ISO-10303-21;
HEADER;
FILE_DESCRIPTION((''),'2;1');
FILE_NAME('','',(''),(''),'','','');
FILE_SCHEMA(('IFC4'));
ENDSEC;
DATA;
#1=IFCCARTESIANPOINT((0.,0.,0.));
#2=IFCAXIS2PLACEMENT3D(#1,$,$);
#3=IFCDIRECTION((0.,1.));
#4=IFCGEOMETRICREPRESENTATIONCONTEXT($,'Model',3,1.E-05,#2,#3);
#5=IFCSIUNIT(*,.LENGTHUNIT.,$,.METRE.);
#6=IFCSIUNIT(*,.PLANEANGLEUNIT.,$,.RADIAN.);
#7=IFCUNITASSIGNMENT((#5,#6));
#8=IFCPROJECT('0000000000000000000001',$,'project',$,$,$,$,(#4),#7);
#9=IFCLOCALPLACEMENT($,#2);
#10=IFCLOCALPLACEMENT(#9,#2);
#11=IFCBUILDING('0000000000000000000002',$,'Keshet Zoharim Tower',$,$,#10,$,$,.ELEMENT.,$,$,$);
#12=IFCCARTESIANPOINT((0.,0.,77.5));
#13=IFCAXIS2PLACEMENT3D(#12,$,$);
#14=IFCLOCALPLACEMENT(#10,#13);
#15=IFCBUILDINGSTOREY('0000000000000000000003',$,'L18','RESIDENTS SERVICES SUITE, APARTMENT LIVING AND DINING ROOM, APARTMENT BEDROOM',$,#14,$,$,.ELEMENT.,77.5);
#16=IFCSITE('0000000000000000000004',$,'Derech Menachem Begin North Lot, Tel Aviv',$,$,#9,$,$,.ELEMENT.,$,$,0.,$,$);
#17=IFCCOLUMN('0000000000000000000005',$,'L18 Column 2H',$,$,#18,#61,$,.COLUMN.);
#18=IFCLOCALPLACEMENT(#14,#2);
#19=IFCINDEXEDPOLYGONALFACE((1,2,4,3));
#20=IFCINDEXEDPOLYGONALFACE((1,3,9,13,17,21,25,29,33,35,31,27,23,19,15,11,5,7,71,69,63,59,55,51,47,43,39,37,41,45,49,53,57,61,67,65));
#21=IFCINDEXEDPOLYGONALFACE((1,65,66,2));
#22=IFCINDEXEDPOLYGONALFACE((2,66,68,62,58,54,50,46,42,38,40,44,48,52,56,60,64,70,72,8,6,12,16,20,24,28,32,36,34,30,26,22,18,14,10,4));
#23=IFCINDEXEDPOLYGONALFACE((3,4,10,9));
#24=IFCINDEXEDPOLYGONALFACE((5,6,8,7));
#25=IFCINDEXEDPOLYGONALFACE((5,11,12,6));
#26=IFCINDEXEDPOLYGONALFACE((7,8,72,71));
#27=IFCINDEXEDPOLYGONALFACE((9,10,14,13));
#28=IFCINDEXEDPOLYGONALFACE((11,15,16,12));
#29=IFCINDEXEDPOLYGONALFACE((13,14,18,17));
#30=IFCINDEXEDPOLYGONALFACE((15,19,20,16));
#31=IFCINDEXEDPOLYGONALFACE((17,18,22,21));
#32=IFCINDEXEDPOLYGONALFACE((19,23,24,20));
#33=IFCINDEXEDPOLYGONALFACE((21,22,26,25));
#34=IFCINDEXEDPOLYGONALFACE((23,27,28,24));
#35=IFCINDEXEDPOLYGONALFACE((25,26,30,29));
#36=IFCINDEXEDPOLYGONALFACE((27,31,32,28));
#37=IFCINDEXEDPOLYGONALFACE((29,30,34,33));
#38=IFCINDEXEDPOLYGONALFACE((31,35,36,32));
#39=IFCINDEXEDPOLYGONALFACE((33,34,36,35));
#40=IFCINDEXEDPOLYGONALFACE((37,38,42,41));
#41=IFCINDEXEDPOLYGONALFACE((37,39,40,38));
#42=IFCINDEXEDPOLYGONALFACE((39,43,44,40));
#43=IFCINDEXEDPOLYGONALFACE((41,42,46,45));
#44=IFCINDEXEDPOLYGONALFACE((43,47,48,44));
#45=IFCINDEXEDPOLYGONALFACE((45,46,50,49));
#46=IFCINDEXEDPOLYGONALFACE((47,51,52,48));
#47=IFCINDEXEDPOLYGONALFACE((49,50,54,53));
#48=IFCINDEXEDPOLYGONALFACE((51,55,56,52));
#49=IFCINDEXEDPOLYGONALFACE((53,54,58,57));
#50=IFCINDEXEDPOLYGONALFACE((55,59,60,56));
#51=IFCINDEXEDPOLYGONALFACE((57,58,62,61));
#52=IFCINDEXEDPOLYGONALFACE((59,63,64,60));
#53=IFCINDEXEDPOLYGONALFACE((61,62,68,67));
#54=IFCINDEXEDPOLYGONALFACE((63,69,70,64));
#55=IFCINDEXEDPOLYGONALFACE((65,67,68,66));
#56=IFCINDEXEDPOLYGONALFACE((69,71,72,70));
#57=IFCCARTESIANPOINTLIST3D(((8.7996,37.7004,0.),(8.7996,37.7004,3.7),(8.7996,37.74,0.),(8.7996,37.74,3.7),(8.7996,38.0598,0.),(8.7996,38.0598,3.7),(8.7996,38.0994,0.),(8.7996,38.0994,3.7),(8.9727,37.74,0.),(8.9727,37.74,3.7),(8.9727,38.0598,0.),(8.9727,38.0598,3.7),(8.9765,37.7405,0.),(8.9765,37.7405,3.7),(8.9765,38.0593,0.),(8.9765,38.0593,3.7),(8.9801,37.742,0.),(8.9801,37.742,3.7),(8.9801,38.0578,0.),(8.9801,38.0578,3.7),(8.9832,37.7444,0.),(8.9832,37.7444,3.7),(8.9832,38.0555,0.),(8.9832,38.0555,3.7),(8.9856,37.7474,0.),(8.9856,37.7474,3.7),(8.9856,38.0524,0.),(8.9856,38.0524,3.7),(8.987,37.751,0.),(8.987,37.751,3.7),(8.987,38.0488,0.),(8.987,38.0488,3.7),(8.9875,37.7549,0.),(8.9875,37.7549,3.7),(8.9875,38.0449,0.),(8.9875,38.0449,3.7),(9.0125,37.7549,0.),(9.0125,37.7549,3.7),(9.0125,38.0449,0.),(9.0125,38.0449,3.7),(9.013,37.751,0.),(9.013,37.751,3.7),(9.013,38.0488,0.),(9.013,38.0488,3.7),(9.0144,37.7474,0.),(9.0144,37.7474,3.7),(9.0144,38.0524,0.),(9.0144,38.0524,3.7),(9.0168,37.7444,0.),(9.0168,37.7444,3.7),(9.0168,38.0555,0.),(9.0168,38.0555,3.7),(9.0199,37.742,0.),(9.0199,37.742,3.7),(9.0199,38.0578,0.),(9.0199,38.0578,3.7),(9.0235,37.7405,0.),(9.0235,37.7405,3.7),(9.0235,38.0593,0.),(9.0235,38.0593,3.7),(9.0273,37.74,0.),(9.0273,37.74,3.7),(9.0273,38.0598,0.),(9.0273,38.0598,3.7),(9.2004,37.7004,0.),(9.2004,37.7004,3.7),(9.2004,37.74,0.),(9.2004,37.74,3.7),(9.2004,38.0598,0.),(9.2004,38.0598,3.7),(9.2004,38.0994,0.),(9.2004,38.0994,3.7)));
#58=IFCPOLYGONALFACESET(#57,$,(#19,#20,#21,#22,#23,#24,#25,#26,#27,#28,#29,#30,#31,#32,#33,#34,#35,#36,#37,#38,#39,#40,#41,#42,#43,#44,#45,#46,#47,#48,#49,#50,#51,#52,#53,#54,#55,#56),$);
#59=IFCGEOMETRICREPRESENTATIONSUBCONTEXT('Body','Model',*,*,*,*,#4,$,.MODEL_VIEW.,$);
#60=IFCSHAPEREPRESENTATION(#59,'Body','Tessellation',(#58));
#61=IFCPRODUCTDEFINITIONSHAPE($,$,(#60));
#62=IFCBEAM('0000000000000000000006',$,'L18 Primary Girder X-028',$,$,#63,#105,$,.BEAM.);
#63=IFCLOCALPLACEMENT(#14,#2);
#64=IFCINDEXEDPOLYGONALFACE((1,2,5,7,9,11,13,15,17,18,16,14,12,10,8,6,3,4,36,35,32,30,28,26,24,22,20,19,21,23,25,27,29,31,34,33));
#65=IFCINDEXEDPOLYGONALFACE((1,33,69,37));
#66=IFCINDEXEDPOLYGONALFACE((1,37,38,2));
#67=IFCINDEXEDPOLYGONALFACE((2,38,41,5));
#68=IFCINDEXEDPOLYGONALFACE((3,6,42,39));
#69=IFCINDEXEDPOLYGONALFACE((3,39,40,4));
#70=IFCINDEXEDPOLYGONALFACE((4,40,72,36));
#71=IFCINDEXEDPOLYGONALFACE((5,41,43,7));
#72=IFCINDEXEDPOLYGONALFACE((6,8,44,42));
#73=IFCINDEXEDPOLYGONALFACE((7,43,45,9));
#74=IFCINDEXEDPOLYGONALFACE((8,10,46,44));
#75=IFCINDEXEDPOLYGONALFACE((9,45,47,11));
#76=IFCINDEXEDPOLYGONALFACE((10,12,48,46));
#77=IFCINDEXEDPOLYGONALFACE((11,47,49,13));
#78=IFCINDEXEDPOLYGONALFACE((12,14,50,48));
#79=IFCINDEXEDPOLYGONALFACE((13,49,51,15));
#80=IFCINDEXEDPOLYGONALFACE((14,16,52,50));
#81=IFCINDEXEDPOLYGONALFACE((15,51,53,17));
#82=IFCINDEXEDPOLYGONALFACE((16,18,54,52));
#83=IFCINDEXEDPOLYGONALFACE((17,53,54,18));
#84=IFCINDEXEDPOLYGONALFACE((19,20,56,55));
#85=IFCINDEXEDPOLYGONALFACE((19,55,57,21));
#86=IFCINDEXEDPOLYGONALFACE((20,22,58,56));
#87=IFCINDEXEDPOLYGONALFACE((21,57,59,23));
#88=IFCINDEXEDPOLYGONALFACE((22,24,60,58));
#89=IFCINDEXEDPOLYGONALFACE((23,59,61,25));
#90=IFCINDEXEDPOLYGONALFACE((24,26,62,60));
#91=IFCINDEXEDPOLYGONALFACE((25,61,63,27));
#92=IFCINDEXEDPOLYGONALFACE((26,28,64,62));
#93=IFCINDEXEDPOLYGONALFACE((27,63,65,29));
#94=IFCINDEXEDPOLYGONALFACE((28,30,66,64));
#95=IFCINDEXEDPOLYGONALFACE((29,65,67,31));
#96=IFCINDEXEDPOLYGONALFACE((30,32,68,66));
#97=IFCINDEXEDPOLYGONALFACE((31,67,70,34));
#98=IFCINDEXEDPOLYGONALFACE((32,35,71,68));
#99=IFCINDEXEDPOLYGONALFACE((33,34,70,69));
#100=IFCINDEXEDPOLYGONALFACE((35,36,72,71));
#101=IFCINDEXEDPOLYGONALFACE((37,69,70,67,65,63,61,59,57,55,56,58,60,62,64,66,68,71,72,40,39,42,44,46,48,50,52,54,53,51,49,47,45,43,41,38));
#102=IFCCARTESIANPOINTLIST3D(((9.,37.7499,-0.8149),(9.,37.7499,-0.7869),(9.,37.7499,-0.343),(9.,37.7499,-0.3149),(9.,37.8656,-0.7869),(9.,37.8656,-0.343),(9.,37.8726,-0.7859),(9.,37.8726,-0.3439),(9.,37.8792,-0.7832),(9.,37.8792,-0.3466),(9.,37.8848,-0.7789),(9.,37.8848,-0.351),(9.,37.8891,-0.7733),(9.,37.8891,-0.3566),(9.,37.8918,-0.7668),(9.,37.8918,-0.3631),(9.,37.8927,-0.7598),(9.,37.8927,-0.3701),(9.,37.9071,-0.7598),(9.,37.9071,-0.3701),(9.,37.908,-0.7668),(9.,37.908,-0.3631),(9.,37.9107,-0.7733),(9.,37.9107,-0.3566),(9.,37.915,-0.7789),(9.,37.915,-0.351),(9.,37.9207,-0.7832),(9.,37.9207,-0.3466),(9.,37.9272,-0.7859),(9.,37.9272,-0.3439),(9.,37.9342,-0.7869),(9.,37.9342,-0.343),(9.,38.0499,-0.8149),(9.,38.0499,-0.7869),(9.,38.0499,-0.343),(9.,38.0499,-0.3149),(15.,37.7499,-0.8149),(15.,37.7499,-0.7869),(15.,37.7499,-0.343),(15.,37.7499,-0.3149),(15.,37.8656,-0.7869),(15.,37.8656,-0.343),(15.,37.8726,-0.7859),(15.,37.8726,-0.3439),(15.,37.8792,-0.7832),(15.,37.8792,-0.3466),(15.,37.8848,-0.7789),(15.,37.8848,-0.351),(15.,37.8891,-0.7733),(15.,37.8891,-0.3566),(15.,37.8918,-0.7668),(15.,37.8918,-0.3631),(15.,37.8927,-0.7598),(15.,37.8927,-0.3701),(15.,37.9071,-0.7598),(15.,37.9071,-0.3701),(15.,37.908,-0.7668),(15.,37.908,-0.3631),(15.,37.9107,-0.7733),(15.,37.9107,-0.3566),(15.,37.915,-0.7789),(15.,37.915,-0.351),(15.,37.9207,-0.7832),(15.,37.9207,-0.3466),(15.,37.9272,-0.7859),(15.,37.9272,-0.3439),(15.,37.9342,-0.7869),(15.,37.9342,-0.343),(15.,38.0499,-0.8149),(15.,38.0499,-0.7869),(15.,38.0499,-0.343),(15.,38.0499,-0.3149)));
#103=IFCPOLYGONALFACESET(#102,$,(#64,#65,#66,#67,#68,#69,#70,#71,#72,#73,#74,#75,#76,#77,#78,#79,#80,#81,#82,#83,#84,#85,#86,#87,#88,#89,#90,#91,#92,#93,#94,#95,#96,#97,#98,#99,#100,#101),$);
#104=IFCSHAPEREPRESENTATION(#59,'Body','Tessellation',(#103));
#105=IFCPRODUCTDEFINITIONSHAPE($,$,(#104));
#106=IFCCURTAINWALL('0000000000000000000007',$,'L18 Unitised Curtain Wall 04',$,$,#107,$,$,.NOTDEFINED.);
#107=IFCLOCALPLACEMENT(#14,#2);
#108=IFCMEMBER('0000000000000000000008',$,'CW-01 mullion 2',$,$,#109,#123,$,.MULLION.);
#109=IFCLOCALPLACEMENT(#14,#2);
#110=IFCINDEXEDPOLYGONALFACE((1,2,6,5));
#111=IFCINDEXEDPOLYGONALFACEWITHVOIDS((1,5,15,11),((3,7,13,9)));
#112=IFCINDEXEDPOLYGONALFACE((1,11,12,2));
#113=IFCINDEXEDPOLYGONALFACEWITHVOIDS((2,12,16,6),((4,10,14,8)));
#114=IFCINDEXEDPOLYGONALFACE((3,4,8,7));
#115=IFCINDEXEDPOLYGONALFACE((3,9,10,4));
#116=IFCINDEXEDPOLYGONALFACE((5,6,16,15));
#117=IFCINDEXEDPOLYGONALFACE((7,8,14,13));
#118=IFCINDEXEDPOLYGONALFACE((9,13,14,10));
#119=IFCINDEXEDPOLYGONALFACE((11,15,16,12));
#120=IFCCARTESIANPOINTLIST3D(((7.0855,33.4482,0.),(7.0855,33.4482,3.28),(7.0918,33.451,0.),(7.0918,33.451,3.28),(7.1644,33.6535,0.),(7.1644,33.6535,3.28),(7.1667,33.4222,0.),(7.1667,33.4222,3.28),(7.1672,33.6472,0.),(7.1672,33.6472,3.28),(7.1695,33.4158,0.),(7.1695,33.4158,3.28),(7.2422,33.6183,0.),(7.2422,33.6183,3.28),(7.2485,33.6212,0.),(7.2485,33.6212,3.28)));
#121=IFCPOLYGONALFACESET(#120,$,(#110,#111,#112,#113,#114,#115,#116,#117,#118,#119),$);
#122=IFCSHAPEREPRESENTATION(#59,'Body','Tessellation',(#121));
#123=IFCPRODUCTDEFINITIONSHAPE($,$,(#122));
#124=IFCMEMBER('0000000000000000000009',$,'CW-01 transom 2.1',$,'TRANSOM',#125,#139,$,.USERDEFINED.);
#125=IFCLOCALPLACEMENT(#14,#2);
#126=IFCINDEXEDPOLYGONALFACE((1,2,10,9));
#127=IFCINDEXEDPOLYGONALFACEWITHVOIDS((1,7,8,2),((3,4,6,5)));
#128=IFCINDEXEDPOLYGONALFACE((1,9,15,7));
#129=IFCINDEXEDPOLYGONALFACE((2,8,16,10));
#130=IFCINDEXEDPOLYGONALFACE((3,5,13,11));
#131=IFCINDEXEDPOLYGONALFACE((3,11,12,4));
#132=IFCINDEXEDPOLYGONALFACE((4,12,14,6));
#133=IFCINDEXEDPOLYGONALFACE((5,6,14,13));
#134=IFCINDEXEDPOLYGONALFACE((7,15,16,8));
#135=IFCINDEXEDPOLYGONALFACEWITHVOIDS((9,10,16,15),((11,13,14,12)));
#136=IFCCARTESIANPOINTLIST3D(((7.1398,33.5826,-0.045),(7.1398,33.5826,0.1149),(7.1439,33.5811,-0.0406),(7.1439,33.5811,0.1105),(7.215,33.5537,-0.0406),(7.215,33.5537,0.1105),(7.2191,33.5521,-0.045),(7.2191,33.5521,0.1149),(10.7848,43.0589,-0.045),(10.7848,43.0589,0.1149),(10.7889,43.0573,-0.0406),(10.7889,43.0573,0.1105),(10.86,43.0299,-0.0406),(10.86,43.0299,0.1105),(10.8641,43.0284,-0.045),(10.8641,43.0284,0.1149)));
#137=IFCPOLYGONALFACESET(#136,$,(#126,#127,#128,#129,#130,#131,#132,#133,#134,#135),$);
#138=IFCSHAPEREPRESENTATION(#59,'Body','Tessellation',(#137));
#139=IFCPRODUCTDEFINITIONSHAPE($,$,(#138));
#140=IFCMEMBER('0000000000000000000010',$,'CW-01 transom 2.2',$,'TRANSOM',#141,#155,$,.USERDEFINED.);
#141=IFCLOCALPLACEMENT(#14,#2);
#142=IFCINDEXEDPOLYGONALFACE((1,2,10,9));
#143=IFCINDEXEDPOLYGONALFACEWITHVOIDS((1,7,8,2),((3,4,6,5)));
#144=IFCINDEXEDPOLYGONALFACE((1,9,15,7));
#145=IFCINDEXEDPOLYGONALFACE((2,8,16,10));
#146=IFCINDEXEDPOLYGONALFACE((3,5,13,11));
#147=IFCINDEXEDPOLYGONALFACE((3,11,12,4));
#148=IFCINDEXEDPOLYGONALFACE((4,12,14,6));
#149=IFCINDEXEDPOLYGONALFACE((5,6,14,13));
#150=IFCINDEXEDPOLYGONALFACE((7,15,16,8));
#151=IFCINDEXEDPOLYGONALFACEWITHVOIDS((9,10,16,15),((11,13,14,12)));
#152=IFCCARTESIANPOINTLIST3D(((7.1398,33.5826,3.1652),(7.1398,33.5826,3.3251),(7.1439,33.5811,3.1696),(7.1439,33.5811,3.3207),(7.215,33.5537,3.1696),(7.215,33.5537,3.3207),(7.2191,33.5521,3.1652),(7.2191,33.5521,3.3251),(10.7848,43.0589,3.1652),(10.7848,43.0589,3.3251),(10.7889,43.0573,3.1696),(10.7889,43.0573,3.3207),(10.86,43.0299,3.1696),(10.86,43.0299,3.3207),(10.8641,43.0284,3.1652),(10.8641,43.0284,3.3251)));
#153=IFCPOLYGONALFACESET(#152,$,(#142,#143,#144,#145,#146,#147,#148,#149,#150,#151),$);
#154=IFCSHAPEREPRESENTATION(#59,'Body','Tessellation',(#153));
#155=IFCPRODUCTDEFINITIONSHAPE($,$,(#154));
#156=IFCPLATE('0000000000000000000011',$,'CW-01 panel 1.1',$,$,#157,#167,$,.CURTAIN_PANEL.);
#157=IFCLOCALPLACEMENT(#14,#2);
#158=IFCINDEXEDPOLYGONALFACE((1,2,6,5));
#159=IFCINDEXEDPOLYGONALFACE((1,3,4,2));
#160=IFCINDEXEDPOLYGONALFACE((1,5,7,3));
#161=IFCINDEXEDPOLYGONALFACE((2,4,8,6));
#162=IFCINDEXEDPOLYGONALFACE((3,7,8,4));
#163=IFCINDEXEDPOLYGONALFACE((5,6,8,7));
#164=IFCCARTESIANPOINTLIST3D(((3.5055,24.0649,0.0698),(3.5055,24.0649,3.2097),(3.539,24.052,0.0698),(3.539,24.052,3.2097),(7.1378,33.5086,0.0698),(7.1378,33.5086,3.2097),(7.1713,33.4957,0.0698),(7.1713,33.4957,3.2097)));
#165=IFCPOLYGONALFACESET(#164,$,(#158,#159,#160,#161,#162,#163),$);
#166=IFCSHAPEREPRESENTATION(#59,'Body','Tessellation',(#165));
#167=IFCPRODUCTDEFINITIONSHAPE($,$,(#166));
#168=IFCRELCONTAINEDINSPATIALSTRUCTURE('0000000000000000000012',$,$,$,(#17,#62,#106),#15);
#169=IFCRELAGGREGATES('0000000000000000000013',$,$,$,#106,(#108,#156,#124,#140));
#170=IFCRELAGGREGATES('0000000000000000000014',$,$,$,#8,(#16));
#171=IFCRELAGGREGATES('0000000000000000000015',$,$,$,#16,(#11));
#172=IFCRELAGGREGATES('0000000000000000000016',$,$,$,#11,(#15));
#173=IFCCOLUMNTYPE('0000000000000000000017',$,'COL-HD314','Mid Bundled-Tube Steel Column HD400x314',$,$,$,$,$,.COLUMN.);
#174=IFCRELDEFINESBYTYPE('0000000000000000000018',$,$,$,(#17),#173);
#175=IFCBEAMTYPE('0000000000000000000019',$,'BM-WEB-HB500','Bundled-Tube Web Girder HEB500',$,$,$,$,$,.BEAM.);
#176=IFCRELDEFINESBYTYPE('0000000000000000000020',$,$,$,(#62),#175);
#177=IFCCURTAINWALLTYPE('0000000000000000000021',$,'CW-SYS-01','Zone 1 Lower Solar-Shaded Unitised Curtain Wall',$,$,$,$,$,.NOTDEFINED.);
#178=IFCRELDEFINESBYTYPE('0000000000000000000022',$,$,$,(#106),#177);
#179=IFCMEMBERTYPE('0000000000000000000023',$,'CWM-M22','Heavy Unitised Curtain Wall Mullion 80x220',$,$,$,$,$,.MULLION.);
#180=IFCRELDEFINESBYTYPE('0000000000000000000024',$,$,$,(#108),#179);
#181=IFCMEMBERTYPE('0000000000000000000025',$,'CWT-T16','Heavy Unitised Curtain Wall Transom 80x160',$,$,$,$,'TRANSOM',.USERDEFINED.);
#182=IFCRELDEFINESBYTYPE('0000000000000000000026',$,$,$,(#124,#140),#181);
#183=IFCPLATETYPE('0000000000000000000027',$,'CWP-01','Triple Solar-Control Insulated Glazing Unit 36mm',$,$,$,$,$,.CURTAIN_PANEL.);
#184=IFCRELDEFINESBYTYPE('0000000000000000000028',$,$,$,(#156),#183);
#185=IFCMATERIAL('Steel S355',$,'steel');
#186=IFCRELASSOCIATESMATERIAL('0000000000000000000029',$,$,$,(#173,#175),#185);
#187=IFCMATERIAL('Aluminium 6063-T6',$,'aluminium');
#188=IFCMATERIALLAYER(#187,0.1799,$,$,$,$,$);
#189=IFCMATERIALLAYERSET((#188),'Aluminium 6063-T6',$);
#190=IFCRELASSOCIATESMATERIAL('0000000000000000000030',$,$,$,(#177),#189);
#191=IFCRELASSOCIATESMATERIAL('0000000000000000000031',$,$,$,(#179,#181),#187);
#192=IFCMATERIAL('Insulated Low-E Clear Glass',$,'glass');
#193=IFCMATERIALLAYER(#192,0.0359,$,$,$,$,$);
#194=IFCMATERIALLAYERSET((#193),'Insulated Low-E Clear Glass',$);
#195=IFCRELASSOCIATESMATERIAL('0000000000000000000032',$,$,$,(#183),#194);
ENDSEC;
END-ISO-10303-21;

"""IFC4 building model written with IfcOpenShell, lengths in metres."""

from ifc_helpers import new_model, si_unit, direction, frame, origin, origin_2d, place, context, subcontext, project, spatial, rectangle, hollow_rectangle, i_section, extrude, material, layer, layer_set, material_profile, profile_set, type_object, element, aggregate, save


model = new_model("IFC4")

# Units and contexts
model_context = context("Model", 3, precision=1e-05, world=origin(), true_north=direction((0.0, 1.0)))
body_context = subcontext(model_context, "Body", "Model", "MODEL_VIEW")
ifc_project = project(units=[si_unit("LENGTHUNIT", "METRE"), si_unit("PLANEANGLEUNIT", "RADIAN")], contexts=[model_context])

# Site, building, storey
site_placement = place(None, origin())
site = spatial("IfcSite", under=ifc_project, at=site_placement, Name="Derech Menachem Begin North Lot, Tel Aviv", CompositionType="ELEMENT", RefElevation=0.0)
building_placement = place(site_placement, origin())
building = spatial("IfcBuilding", under=site, at=building_placement, Name="Keshet Zoharim Tower", CompositionType="ELEMENT")
storey_placement = place(building_placement, frame((0.0, 0.0, 77.5)))
storey = spatial("IfcBuildingStorey", under=building, at=storey_placement, Name="L18", Description="RESIDENTS SERVICES SUITE, APARTMENT LIVING AND DINING ROOM, APARTMENT BEDROOM", CompositionType="ELEMENT", Elevation=77.5)

# Column
ifc_material_1 = material(Name="Steel S355", Category="steel")
ifc_material_profile_1 = material_profile(ifc_material_1, i_section(OverallWidth=0.4009, OverallDepth=0.3989, WebThickness=0.0249, FlangeThickness=0.0396, FilletRadius=0.0149, at=origin_2d()), Name="HD400x314")
ifc_profile_set_1 = profile_set([ifc_material_profile_1], Name="Steel S355")
column_type = type_object("IfcColumnType", Name="COL-HD314", Description="Mid Bundled-Tube Steel Column HD400x314", PredefinedType="COLUMN", material=ifc_profile_set_1)
column_placement = place(storey_placement, frame((9.0, 37.8999, 0.0), z_axis=(0.0, 0.0, 1.0), x_axis=(1.0, 0.0, 0.0)))
element("IfcColumn", 1, at=column_placement, inside=storey, type_object=column_type, Name="L18 Column 2H", PredefinedType="COLUMN", context=body_context, shape_type="SweptSolid", body=[
    extrude(i_section(OverallWidth=0.4009, OverallDepth=0.3989, WebThickness=0.0249, FlangeThickness=0.0396, FilletRadius=0.0149, at=origin_2d()), origin(), (0.0, 0.0, 1.0), 3.7),
])

# Beam
ifc_material_profile_2 = material_profile(ifc_material_1, i_section(OverallWidth=0.3, OverallDepth=0.5, WebThickness=0.0144, FlangeThickness=0.0281, FilletRadius=0.0271, at=origin_2d()), Name="HEB500")
ifc_profile_set_2 = profile_set([ifc_material_profile_2], Name="Steel S355")
beam_type = type_object("IfcBeamType", Name="BM-WEB-HB500", Description="Bundled-Tube Web Girder HEB500", PredefinedType="BEAM", material=ifc_profile_set_2)
beam_placement = place(storey_placement, frame((9.0, 37.8999, -0.5649), z_axis=(1.0, 0.0, 0.0), x_axis=(0.0, 1.0, 0.0)))
element("IfcBeam", 2, at=beam_placement, inside=storey, type_object=beam_type, Name="L18 Primary Girder X-028", PredefinedType="BEAM", context=body_context, shape_type="SweptSolid", body=[
    extrude(i_section(OverallWidth=0.3, OverallDepth=0.5, WebThickness=0.0144, FlangeThickness=0.0281, FilletRadius=0.0271, at=origin_2d()), origin(), (0.0, 0.0, 1.0), 6.0),
])

# Curtain wall, members, plate
ifc_material_2 = material(Name="Aluminium 6063-T6", Category="aluminium")
ifc_layer_1 = layer(ifc_material_2, 0.1799)
ifc_layer_set_1 = layer_set([ifc_layer_1], Name="Aluminium 6063-T6")
curtain_wall_type = type_object("IfcCurtainWallType", Name="CW-SYS-01", Description="Zone 1 Lower Solar-Shaded Unitised Curtain Wall", PredefinedType="NOTDEFINED", material=ifc_layer_set_1)
curtain_wall_placement = place(storey_placement, origin())
curtain_wall = element("IfcCurtainWall", 3, at=curtain_wall_placement, inside=storey, type_object=curtain_wall_type, Name="L18 Unitised Curtain Wall 04", PredefinedType="NOTDEFINED")
ifc_material_profile_3 = material_profile(ifc_material_2, hollow_rectangle(XDim=0.0901, YDim=0.22, WallThickness=0.0049, at=origin_2d()), Name="MUL-90x220")
ifc_profile_set_3 = profile_set([ifc_material_profile_3], Name="Aluminium 6063-T6")
member_type_1 = type_object("IfcMemberType", Name="CWM-M22", Description="Heavy Unitised Curtain Wall Mullion 80x220", PredefinedType="MULLION", material=ifc_profile_set_3)
member_1_placement = place(storey_placement, frame((7.167, 33.5347, 0.0), z_axis=(0.0, 0.0, 1.0), x_axis=(-0.933341, 0.35899, 0.0)))
member_1 = element("IfcMember", 4, at=member_1_placement, type_object=member_type_1, Name="CW-01 mullion 2", PredefinedType="MULLION", context=body_context, shape_type="SweptSolid", body=[
    extrude(hollow_rectangle(XDim=0.0901, YDim=0.22, WallThickness=0.0049, at=origin_2d()), origin(), (0.0, 0.0, 1.0), 3.28),
])
ifc_material_profile_4 = material_profile(ifc_material_2, hollow_rectangle(XDim=0.085, YDim=0.1599, WallThickness=0.0044, at=origin_2d()), Name="TRN-85x160")
ifc_profile_set_4 = profile_set([ifc_material_profile_4], Name="Aluminium 6063-T6")
member_type_2 = type_object("IfcMemberType", Name="CWT-T16", Description="Heavy Unitised Curtain Wall Transom 80x160", ElementType="TRANSOM", PredefinedType="USERDEFINED", material=ifc_profile_set_4)
member_2_placement = place(storey_placement, frame((7.1794, 33.5674, 0.0349), z_axis=(0.359003, 0.933336, 0.0), x_axis=(-0.933336, 0.359003, 0.0)))
member_2 = element("IfcMember", 5, at=member_2_placement, type_object=member_type_2, Name="CW-01 transom 2.1", ObjectType="TRANSOM", PredefinedType="USERDEFINED", context=body_context, shape_type="SweptSolid", body=[
    extrude(hollow_rectangle(XDim=0.085, YDim=0.1599, WallThickness=0.0044, at=origin_2d()), origin(), (0.0, 0.0, 1.0), 10.1531),
])
member_3_placement = place(storey_placement, frame((7.1794, 33.5674, 3.2451), z_axis=(0.359003, 0.933336, 0.0), x_axis=(-0.933336, 0.359003, 0.0)))
member_3 = element("IfcMember", 6, at=member_3_placement, type_object=member_type_2, Name="CW-01 transom 2.2", ObjectType="TRANSOM", PredefinedType="USERDEFINED", context=body_context, shape_type="SweptSolid", body=[
    extrude(hollow_rectangle(XDim=0.085, YDim=0.1599, WallThickness=0.0044, at=origin_2d()), origin(), (0.0, 0.0, 1.0), 10.1531),
])
ifc_material_3 = material(Name="Insulated Low-E Clear Glass", Category="glass")
ifc_layer_2 = layer(ifc_material_3, 0.0359)
ifc_layer_set_2 = layer_set([ifc_layer_2], Name="Insulated Low-E Clear Glass")
plate_type = type_object("IfcPlateType", Name="CWP-01", Description="Triple Solar-Control Insulated Glazing Unit 36mm", PredefinedType="CURTAIN_PANEL", material=ifc_layer_set_2)
plate_placement = place(storey_placement, frame((5.3384, 28.7803, 0.0698), z_axis=(0.0, 0.0, 1.0), x_axis=(0.35899, 0.933341, 0.0)))
plate = element("IfcPlate", 7, at=plate_placement, type_object=plate_type, Name="CW-01 panel 1.1", PredefinedType="CURTAIN_PANEL", context=body_context, shape_type="SweptSolid", body=[
    extrude(rectangle(XDim=10.1182, YDim=0.0359, at=origin_2d()), origin(), (0.0, 0.0, 1.0), 3.1399),
])
aggregate(curtain_wall, [member_1, plate, member_2, member_3])

save(model, "model.ifc")
